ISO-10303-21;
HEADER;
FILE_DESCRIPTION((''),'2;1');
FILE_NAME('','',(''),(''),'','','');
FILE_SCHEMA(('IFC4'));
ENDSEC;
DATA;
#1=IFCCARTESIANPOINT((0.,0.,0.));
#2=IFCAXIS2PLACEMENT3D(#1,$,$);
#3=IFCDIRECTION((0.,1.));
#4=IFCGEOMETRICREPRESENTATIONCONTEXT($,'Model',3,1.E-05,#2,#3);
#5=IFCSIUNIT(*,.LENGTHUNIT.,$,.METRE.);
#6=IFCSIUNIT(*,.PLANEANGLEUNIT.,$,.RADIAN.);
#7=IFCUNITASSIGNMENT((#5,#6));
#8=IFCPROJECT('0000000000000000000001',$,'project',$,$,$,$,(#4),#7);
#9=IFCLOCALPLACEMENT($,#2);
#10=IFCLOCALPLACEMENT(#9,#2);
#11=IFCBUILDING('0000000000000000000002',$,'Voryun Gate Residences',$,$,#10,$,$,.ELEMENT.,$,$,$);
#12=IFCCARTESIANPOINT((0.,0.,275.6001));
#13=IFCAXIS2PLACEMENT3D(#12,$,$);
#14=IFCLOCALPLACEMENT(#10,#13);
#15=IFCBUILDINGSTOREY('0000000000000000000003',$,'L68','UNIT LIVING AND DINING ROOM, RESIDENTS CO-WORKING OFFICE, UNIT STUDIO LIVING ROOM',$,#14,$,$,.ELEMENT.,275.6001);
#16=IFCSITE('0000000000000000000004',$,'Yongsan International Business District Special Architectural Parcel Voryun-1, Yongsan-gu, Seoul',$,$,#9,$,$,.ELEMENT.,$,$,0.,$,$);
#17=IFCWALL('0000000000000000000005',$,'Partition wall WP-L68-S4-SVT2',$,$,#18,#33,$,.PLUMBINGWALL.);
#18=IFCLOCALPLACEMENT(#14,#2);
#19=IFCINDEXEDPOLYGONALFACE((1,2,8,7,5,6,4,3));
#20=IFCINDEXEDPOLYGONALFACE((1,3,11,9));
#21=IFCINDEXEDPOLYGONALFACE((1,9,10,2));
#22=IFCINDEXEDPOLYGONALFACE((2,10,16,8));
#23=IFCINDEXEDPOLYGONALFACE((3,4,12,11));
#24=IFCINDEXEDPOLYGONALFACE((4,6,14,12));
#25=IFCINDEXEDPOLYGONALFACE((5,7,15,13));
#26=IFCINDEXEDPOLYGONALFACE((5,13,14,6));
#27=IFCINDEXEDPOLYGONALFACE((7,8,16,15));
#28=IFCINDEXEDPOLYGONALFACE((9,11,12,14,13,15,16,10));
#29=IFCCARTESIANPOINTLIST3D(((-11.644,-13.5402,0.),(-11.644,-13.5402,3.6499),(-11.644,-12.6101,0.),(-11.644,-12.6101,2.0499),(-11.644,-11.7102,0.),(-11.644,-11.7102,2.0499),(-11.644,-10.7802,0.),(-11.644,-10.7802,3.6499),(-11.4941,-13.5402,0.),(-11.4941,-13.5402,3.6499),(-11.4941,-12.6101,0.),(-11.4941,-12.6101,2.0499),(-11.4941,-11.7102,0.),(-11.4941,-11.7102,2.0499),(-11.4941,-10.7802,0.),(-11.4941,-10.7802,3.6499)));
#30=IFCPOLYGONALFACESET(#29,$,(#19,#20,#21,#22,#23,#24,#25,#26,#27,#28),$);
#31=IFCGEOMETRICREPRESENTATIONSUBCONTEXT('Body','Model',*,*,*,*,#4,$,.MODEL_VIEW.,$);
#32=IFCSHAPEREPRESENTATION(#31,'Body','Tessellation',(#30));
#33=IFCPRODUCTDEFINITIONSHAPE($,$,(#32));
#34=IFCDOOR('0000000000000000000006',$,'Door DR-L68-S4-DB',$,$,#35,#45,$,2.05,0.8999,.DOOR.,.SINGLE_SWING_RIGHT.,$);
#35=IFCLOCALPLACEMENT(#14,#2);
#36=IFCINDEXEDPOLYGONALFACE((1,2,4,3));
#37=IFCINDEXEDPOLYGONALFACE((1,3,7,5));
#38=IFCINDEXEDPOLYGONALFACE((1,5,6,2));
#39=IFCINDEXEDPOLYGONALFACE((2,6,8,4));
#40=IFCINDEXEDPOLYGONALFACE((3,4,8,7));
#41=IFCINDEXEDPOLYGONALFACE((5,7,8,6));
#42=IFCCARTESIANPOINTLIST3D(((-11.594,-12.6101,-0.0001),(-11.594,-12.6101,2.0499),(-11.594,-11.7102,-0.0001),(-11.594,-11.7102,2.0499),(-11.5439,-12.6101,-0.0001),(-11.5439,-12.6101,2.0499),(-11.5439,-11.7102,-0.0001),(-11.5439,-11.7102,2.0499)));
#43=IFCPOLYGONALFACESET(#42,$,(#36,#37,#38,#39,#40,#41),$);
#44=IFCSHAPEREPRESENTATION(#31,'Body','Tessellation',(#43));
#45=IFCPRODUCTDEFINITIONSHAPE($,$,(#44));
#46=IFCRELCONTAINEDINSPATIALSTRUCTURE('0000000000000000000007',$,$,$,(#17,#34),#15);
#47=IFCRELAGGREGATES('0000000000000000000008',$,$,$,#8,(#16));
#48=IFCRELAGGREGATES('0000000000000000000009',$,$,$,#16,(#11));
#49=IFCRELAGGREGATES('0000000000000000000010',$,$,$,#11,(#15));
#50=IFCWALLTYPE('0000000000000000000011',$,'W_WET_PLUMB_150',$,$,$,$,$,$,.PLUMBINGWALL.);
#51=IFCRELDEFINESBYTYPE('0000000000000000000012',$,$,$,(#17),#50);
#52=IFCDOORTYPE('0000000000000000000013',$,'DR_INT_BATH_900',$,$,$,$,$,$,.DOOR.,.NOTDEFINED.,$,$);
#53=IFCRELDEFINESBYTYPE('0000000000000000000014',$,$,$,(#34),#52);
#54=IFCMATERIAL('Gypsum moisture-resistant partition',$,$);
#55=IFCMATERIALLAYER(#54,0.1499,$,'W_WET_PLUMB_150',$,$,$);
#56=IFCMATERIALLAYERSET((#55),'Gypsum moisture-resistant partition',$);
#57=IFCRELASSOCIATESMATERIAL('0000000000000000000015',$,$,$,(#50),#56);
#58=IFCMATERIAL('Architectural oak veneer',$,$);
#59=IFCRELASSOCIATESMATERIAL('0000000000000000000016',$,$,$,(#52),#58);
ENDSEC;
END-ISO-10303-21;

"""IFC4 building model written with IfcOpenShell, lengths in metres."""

from ifc_helpers import new_model, si_unit, direction, frame, frame_2d, origin, place, context, subcontext, project, spatial, rectangle, extrude, material, layer, layer_set, type_object, element, fill, save


model = new_model("IFC4")

# Units and contexts
model_context = context("Model", 3, precision=1e-05, world=origin(), true_north=direction((0.0, 1.0)))
body_context = subcontext(model_context, "Body", "Model", "MODEL_VIEW")
ifc_project = project(units=[si_unit("LENGTHUNIT", "METRE"), si_unit("PLANEANGLEUNIT", "RADIAN")], contexts=[model_context])

# Site, building, storey
site_placement = place(None, origin())
site = spatial("IfcSite", under=ifc_project, at=site_placement, Name="Yongsan International Business District Special Architectural Parcel Voryun-1, Yongsan-gu, Seoul", CompositionType="ELEMENT", RefElevation=0.0)
building_placement = place(site_placement, origin())
building = spatial("IfcBuilding", under=site, at=building_placement, Name="Voryun Gate Residences", CompositionType="ELEMENT")
storey_placement = place(building_placement, frame((0.0, 0.0, 275.6001)))
storey = spatial("IfcBuildingStorey", under=building, at=storey_placement, Name="L68", Description="UNIT LIVING AND DINING ROOM, RESIDENTS CO-WORKING OFFICE, UNIT STUDIO LIVING ROOM", CompositionType="ELEMENT", Elevation=275.6001)

# Wall, opening, door
ifc_material_1 = material(Name="Gypsum moisture-resistant partition")
ifc_layer_1 = layer(ifc_material_1, 0.1499, Name="W_WET_PLUMB_150")
ifc_layer_set_1 = layer_set([ifc_layer_1], Name="Gypsum moisture-resistant partition")
wall_type_1 = type_object("IfcWallType", Name="W_WET_PLUMB_150", PredefinedType="PLUMBINGWALL", material=ifc_layer_set_1)
ifc_material_2 = material(Name="Architectural oak veneer")
door_type = type_object("IfcDoorType", Name="DR_INT_BATH_900", OperationType="NOTDEFINED", PredefinedType="DOOR", material=ifc_material_2)
wall_1_placement = place(storey_placement, frame((-11.5691, -13.54, 0.0), z_axis=(0.0, 0.0, 1.0), x_axis=(0.0, 1.0, 0.0)))
wall_1 = element("IfcWall", 1, at=wall_1_placement, inside=storey, type_object=wall_type_1, Name="Partition wall WP-L68-S4-SVT2", PredefinedType="PLUMBINGWALL", context=body_context, shape_type="SweptSolid", body=[
    extrude(rectangle(XDim=2.76, YDim=0.1499, at=frame_2d((1.3799, 0.0))), origin(), (0.0, 0.0, 1.0), 3.6499),
])
opening_1_placement = place(wall_1_placement, frame((0.9299, 0.0, 0.0)))
opening_1 = element("IfcOpeningElement", 2, at=opening_1_placement, cuts=wall_1, PredefinedType="OPENING", context=body_context, shape_type="SweptSolid", body=[
    extrude(rectangle(XDim=0.8999, YDim=2.05, at=frame_2d((0.45, 1.0249))), frame((0.0, 0.085, 0.0), z_axis=(0.0, -1.0, 0.0), x_axis=(1.0, 0.0, 0.0)), (0.0, 0.0, 1.0), 0.1699),
])
door_1_placement = place(opening_1_placement, origin())
door_1 = element("IfcDoor", 3, at=door_1_placement, inside=storey, type_object=door_type, Name="Door DR-L68-S4-DB", OperationType="SINGLE_SWING_RIGHT", OverallHeight=2.05, OverallWidth=0.8999, PredefinedType="DOOR", context=body_context, shape_type="SweptSolid", body=[
    extrude(rectangle(XDim=0.8999, YDim=2.05, at=frame_2d((0.45, 1.0249))), frame((0.0, 0.0249, 0.0), z_axis=(0.0, -1.0, 0.0), x_axis=(1.0, 0.0, 0.0)), (0.0, 0.0, 1.0), 0.05),
])
fill(opening_1, door_1)

save(model, "model.ifc")
